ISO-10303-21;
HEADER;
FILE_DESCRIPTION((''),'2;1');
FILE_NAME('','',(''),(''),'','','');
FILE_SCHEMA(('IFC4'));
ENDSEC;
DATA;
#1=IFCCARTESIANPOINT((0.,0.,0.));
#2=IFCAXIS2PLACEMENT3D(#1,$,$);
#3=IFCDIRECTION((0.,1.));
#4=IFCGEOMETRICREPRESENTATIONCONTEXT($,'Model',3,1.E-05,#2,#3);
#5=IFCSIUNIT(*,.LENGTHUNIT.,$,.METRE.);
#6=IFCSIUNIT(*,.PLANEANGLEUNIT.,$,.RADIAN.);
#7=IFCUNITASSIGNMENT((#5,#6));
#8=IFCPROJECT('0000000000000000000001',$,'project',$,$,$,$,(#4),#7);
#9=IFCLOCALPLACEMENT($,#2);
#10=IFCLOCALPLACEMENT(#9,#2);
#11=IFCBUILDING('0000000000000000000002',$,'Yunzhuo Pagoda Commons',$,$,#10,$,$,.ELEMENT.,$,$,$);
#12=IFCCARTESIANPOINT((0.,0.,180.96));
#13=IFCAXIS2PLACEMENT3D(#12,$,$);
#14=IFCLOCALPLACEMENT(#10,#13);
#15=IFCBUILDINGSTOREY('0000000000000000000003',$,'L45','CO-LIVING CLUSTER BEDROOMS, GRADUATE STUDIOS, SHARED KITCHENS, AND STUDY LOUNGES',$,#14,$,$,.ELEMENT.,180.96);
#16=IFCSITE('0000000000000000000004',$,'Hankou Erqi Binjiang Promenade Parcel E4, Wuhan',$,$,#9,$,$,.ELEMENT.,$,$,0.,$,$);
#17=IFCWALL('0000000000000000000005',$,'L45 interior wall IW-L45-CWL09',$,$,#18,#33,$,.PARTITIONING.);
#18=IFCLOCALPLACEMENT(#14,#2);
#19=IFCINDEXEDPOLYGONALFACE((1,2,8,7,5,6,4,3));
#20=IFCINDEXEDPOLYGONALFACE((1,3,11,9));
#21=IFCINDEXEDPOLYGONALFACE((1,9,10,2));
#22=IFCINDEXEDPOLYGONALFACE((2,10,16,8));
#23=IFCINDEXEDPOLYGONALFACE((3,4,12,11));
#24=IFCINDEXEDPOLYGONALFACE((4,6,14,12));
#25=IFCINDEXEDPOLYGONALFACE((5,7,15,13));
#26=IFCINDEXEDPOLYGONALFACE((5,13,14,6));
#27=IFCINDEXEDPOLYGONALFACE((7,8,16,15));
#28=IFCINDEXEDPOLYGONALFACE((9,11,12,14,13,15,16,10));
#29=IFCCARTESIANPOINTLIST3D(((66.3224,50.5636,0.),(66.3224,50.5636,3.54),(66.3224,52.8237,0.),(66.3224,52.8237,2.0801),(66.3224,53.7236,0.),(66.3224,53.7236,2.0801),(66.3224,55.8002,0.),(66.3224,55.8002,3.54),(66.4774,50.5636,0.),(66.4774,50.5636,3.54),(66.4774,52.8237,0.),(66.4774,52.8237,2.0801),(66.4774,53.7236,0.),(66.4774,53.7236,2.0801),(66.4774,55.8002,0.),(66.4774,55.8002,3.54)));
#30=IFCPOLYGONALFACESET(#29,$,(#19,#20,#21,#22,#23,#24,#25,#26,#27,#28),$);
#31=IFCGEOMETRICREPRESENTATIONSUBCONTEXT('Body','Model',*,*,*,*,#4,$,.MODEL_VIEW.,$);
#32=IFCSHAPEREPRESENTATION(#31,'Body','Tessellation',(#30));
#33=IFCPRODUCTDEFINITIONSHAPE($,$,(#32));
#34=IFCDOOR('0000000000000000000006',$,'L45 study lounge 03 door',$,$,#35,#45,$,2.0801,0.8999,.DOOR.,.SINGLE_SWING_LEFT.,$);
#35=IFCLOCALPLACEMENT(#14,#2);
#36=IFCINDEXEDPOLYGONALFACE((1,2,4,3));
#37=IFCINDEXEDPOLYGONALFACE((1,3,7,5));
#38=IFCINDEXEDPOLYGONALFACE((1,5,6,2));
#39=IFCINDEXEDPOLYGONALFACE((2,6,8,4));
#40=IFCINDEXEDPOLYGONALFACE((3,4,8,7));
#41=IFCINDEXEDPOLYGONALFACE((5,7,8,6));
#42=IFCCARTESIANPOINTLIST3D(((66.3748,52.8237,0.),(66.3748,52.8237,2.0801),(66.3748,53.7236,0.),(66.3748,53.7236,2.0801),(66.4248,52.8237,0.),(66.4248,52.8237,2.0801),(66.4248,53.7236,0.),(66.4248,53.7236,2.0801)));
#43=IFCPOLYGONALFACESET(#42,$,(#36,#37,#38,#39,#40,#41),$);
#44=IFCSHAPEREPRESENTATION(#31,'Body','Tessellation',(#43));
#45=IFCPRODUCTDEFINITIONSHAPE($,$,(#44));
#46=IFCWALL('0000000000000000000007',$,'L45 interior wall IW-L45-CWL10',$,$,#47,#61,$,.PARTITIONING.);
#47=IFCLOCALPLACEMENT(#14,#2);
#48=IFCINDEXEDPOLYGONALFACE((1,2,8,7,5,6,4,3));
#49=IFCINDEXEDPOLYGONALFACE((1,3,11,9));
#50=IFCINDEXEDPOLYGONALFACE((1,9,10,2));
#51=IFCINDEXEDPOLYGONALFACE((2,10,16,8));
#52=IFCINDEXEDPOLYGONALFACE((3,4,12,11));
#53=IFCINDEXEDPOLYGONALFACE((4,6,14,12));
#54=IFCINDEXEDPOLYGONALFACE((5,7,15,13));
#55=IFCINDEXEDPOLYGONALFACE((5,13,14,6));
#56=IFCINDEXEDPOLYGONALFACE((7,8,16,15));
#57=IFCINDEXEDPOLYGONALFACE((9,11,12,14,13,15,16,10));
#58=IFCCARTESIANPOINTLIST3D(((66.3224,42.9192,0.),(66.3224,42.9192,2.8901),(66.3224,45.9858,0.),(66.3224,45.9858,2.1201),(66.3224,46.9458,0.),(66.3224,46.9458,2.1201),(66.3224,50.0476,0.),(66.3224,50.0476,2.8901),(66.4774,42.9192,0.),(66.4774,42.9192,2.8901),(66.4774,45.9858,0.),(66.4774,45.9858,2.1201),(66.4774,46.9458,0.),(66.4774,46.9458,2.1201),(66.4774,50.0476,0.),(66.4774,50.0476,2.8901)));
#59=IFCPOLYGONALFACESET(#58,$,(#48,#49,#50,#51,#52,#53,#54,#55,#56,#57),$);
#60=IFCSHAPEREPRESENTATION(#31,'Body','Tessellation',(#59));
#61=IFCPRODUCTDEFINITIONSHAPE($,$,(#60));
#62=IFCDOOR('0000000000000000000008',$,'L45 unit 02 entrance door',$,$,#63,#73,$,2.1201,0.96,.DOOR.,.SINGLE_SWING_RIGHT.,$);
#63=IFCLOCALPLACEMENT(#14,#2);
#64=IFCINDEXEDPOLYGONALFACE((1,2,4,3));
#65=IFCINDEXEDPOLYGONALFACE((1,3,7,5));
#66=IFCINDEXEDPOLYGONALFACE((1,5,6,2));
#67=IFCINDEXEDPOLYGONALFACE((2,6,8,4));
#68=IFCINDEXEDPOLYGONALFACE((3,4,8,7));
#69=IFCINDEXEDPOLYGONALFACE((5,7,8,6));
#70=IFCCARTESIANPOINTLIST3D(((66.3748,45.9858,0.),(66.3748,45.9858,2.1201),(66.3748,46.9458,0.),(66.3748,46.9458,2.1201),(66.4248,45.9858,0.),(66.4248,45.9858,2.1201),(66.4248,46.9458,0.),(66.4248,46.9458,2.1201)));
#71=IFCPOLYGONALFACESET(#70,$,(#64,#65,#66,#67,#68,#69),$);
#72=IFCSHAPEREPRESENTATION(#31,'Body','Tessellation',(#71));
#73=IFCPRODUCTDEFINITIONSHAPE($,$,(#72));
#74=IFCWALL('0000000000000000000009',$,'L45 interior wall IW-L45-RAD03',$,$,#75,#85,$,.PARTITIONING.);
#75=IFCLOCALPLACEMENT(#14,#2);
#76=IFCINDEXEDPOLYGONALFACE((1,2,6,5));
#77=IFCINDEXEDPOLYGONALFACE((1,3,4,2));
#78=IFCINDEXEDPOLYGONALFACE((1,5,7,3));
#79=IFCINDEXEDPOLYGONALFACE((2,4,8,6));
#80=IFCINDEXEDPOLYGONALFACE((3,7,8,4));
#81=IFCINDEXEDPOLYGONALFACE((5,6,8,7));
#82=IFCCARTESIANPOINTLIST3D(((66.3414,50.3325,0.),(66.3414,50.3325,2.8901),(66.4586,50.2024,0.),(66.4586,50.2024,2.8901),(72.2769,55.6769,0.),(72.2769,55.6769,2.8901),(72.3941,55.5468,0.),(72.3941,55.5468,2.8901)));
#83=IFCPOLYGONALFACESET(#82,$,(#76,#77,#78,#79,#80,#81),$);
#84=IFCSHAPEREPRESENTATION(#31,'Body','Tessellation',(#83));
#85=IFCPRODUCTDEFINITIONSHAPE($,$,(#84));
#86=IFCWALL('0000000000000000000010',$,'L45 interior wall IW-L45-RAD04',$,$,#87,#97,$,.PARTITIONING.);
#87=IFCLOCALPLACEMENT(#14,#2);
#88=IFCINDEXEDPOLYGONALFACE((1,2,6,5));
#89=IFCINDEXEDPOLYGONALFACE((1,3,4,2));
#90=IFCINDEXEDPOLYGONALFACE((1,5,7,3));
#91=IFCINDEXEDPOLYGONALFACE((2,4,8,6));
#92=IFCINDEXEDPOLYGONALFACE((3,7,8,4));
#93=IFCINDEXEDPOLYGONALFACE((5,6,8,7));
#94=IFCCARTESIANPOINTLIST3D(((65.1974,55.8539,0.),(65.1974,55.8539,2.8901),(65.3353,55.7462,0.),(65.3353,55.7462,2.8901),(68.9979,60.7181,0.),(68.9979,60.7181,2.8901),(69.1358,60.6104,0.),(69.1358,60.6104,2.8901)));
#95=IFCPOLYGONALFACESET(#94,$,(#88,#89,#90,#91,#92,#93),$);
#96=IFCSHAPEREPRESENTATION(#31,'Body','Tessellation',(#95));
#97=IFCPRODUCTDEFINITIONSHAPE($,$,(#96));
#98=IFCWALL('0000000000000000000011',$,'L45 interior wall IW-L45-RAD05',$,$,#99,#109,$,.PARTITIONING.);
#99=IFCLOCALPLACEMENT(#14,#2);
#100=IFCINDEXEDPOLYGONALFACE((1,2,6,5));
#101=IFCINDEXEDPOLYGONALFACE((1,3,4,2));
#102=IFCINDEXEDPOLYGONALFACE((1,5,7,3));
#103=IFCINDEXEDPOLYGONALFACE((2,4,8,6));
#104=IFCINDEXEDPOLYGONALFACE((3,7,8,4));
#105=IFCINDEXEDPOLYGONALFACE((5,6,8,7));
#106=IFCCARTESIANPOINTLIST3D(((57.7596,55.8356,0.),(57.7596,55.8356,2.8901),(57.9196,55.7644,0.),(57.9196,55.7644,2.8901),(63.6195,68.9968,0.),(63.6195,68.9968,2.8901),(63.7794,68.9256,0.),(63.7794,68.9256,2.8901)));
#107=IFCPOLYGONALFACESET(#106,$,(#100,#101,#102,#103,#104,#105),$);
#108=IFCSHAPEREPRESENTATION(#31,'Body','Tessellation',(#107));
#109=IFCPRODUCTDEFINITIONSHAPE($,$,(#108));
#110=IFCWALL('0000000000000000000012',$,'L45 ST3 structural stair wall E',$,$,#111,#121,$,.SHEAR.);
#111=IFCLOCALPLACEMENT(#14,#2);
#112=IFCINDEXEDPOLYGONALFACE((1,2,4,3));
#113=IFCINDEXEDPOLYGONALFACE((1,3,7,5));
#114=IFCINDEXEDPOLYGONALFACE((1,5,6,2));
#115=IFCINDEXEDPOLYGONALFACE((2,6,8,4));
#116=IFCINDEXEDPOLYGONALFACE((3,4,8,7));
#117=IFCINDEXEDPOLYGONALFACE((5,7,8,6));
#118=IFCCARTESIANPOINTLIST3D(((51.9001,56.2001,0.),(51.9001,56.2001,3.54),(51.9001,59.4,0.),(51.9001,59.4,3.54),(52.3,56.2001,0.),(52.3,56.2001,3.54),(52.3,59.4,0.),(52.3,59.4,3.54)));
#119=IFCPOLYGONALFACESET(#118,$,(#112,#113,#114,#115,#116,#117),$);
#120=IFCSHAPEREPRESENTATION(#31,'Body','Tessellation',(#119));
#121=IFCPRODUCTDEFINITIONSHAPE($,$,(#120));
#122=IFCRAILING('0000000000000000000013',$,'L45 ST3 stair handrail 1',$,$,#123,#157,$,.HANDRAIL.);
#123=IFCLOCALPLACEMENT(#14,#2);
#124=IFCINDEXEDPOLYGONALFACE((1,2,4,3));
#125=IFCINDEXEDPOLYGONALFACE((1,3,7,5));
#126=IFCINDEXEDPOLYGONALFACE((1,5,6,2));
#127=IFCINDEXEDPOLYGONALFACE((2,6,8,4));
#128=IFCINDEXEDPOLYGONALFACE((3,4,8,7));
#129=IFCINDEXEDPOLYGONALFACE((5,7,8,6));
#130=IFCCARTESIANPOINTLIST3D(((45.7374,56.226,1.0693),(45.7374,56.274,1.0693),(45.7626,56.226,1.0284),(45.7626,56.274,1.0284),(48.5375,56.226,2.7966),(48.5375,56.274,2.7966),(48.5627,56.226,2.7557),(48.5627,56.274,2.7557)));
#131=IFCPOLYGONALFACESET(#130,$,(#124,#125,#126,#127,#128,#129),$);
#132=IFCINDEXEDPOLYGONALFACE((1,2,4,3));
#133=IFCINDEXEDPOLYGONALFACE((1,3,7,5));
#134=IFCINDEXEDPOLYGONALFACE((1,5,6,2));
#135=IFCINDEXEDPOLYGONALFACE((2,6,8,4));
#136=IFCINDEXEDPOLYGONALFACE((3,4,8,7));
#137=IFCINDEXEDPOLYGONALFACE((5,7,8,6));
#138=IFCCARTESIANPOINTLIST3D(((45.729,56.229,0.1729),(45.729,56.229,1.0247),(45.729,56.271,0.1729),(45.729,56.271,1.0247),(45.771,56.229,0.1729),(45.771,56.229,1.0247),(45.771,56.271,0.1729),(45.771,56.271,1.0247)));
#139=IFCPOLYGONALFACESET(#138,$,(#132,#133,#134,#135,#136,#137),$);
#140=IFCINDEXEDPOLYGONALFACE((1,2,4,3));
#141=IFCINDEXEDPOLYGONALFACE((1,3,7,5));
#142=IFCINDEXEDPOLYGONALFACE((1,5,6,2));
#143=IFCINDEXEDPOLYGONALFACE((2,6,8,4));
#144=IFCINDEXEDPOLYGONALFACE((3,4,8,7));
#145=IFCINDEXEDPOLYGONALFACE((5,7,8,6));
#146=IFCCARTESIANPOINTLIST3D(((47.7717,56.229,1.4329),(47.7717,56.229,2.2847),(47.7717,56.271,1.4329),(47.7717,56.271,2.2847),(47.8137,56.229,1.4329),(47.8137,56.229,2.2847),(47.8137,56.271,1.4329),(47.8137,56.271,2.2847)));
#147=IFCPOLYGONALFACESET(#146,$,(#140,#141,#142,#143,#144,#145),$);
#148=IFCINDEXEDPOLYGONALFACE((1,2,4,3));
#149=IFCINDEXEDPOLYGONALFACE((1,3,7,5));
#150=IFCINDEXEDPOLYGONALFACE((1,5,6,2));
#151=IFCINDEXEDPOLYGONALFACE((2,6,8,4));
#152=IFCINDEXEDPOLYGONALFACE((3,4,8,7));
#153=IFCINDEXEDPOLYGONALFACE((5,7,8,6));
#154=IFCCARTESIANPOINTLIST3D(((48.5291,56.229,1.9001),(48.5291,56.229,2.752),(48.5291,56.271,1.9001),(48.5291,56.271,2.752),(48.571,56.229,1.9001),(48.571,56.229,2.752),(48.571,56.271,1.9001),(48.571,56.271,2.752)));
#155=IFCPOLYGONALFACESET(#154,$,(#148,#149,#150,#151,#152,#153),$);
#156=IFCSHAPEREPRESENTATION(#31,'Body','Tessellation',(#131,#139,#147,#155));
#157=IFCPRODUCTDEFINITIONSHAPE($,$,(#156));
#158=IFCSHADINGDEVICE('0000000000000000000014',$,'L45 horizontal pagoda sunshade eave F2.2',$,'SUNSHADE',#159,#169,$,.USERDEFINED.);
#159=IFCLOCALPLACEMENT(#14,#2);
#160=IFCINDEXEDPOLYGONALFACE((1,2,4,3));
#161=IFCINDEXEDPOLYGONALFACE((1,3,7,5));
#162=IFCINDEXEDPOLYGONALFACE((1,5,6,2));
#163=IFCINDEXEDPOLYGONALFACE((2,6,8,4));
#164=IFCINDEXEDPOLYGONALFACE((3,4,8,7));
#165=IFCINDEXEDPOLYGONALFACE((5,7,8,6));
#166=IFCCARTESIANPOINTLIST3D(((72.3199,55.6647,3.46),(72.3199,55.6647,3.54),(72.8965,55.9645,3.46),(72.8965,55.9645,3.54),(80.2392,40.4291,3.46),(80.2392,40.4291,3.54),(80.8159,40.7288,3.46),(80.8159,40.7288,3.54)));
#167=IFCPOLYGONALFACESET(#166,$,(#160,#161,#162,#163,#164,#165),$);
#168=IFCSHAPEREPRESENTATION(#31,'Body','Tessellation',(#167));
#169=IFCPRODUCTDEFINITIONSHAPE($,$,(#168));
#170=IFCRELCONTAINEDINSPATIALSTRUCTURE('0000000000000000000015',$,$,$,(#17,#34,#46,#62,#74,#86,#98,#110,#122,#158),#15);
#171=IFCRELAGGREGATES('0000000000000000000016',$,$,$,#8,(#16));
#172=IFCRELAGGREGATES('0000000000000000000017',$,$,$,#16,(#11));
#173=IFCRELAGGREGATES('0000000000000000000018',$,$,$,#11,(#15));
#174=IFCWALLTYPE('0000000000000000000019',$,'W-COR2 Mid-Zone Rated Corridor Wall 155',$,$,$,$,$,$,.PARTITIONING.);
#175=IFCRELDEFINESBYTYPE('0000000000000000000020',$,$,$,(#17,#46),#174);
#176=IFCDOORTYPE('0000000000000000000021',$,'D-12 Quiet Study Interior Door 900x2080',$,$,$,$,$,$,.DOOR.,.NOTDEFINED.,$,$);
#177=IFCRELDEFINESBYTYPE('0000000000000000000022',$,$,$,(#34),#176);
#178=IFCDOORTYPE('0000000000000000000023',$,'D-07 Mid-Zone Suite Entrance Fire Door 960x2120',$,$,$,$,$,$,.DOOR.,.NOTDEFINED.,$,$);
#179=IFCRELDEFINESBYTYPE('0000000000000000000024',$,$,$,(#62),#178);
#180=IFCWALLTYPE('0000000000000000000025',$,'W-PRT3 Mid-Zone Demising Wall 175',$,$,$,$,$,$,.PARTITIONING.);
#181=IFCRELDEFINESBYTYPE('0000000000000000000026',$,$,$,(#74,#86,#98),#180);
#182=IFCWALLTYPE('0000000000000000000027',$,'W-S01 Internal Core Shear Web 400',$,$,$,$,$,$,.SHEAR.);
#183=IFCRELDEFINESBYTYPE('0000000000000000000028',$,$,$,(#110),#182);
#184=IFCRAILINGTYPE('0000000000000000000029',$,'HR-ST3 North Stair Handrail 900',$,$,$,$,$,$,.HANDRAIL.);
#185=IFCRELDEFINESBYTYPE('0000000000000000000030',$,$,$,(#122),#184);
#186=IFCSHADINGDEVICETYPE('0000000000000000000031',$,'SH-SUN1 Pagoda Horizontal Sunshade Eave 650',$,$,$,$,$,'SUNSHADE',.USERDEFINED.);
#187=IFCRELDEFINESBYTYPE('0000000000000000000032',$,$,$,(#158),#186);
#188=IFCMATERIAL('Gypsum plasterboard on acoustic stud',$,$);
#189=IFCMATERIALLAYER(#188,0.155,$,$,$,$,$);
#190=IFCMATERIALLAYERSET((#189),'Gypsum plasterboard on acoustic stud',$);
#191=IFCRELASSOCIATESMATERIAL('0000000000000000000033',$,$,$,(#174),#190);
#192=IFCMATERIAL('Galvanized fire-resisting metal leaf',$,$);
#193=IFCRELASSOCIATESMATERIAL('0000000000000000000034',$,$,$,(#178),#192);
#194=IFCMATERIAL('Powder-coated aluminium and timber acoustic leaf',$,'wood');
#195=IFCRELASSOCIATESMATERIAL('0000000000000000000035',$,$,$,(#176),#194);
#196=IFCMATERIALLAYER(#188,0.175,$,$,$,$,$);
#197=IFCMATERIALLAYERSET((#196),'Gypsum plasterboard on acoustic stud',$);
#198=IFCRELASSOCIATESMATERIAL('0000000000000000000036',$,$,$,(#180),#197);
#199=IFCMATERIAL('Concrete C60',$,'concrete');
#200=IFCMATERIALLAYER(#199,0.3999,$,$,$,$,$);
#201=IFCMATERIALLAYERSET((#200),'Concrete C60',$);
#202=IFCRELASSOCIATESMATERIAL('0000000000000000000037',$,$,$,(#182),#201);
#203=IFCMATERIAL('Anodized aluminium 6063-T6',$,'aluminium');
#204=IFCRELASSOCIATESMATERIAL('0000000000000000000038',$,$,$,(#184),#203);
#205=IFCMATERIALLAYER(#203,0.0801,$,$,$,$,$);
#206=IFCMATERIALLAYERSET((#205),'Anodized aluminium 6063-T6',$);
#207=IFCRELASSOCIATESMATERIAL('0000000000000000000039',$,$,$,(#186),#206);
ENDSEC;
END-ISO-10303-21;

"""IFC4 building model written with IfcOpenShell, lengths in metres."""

from ifc_helpers import new_model, si_unit, direction, frame, frame_2d, origin, origin_with_axes, origin_2d, place, context, subcontext, project, spatial, rectangle, extrude, source, transform, mapped, material, layer, layer_set, type_object, element, fill, save


model = new_model("IFC4")

# Units and contexts
model_context = context("Model", 3, precision=1e-05, world=origin(), true_north=direction((0.0, 1.0)))
body_context = subcontext(model_context, "Body", "Model", "MODEL_VIEW")
ifc_project = project(units=[si_unit("LENGTHUNIT", "METRE"), si_unit("PLANEANGLEUNIT", "RADIAN")], contexts=[model_context])

# Site, building, storey
site_placement = place(None, origin())
site = spatial("IfcSite", under=ifc_project, at=site_placement, Name="Hankou Erqi Binjiang Promenade Parcel E4, Wuhan", CompositionType="ELEMENT", RefElevation=0.0)
building_placement = place(site_placement, origin())
building = spatial("IfcBuilding", under=site, at=building_placement, Name="Yunzhuo Pagoda Commons", CompositionType="ELEMENT")
storey_placement = place(building_placement, frame((0.0, 0.0, 180.96)))
storey = spatial("IfcBuildingStorey", under=building, at=storey_placement, Name="L45", Description="CO-LIVING CLUSTER BEDROOMS, GRADUATE STUDIOS, SHARED KITCHENS, AND STUDY LOUNGES", CompositionType="ELEMENT", Elevation=180.96)

# Shared definitions
ifc_material_1 = material(Name="Anodized aluminium 6063-T6", Category="aluminium")

# Shared definitions
ifc_material_2 = material(Name="Gypsum plasterboard on acoustic stud")
ifc_layer_1 = layer(ifc_material_2, 0.155)
ifc_layer_set_1 = layer_set([ifc_layer_1], Name="Gypsum plasterboard on acoustic stud")
wall_type_1 = type_object("IfcWallType", Name="W-COR2 Mid-Zone Rated Corridor Wall 155", PredefinedType="PARTITIONING", material=ifc_layer_set_1)

# Shared definitions
ifc_material_3 = material(Name="Galvanized fire-resisting metal leaf")
door_type_1 = type_object("IfcDoorType", Name="D-07 Mid-Zone Suite Entrance Fire Door 960x2120", OperationType="NOTDEFINED", PredefinedType="DOOR", material=ifc_material_3)
shared_shape_1 = source(origin(), body_context, "Body", "SweptSolid", [
    extrude(rectangle(XDim=0.96, YDim=2.1201, at=frame_2d((0.48, 1.0601))), frame((0.0, 0.0249, 0.0), z_axis=(0.0, -1.0, 0.0), x_axis=(1.0, 0.0, 0.0)), (0.0, 0.0, 1.0), 0.05),
])

# Walls, openings, doors
wall_1_placement = place(storey_placement, frame((66.3999, 55.8, 0.0), z_axis=(0.0, 0.0, 1.0), x_axis=(0.0, -1.0, 0.0)))
wall_1 = element("IfcWall", 1, at=wall_1_placement, inside=storey, type_object=wall_type_1, Name="L45 interior wall IW-L45-CWL09", PredefinedType="PARTITIONING", context=body_context, shape_type="SweptSolid", body=[
    extrude(rectangle(XDim=5.2366, YDim=0.155, at=frame_2d((2.6182, 0.0))), origin(), (0.0, 0.0, 1.0), 3.54),
])
opening_1_placement = place(wall_1_placement, frame((2.0764, 0.0, 0.0)))
opening_1 = element("IfcOpeningElement", 2, at=opening_1_placement, cuts=wall_1, PredefinedType="OPENING", context=body_context, shape_type="SweptSolid", body=[
    extrude(rectangle(XDim=0.8999, YDim=2.0801, at=frame_2d((0.45, 1.04))), frame((0.0, 0.0874, 0.0), z_axis=(0.0, -1.0, 0.0), x_axis=(1.0, 0.0, 0.0)), (0.0, 0.0, 1.0), 0.175),
])
ifc_material_4 = material(Name="Powder-coated aluminium and timber acoustic leaf", Category="wood")
door_type_2 = type_object("IfcDoorType", Name="D-12 Quiet Study Interior Door 900x2080", OperationType="NOTDEFINED", PredefinedType="DOOR", material=ifc_material_4)
shared_shape_2 = source(origin(), body_context, "Body", "SweptSolid", [
    extrude(rectangle(XDim=0.8999, YDim=2.0801, at=frame_2d((0.45, 1.04))), frame((0.0, 0.0249, 0.0), z_axis=(0.0, -1.0, 0.0), x_axis=(1.0, 0.0, 0.0)), (0.0, 0.0, 1.0), 0.05),
])
door_1_placement = place(opening_1_placement, origin_with_axes())
door_1 = element("IfcDoor", 3, at=door_1_placement, inside=storey, type_object=door_type_2, Name="L45 study lounge 03 door", OperationType="SINGLE_SWING_LEFT", OverallHeight=2.0801, OverallWidth=0.8999, PredefinedType="DOOR", context=body_context, shape_type="MappedRepresentation", body=[
    mapped(shared_shape_2, transform((0.0, 0.0, 0.0), scale=1.0)),
])
fill(opening_1, door_1)
wall_2_placement = place(storey_placement, frame((66.3999, 50.0476, 0.0), z_axis=(0.0, 0.0, 1.0), x_axis=(0.0, -1.0, 0.0)))
wall_2 = element("IfcWall", 4, at=wall_2_placement, inside=storey, type_object=wall_type_1, Name="L45 interior wall IW-L45-CWL10", PredefinedType="PARTITIONING", context=body_context, shape_type="SweptSolid", body=[
    extrude(rectangle(XDim=7.1284, YDim=0.155, at=frame_2d((3.5642, 0.0))), origin(), (0.0, 0.0, 1.0), 2.8901),
])
opening_2_placement = place(wall_2_placement, frame((3.1018, 0.0, 0.0)))
opening_2 = element("IfcOpeningElement", 5, at=opening_2_placement, cuts=wall_2, PredefinedType="OPENING", context=body_context, shape_type="SweptSolid", body=[
    extrude(rectangle(XDim=0.96, YDim=2.1201, at=frame_2d((0.48, 1.0601))), frame((0.0, 0.0874, 0.0), z_axis=(0.0, -1.0, 0.0), x_axis=(1.0, 0.0, 0.0)), (0.0, 0.0, 1.0), 0.175),
])
door_2_placement = place(opening_2_placement, origin_with_axes())
door_2 = element("IfcDoor", 6, at=door_2_placement, inside=storey, type_object=door_type_1, Name="L45 unit 02 entrance door", OperationType="SINGLE_SWING_RIGHT", OverallHeight=2.1201, OverallWidth=0.96, PredefinedType="DOOR", context=body_context, shape_type="MappedRepresentation", body=[
    mapped(shared_shape_1, transform((0.0, 0.0, 0.0), scale=1.0)),
])
fill(opening_2, door_2)

# Walls
ifc_layer_2 = layer(ifc_material_2, 0.175)
ifc_layer_set_2 = layer_set([ifc_layer_2], Name="Gypsum plasterboard on acoustic stud")
wall_type_2 = type_object("IfcWallType", Name="W-PRT3 Mid-Zone Demising Wall 175", PredefinedType="PARTITIONING", material=ifc_layer_set_2)
wall_3_placement = place(storey_placement, frame((66.3999, 50.2673, 0.0), z_axis=(0.0, 0.0, 1.0), x_axis=(0.743139, 0.669137, 0.0)))
element("IfcWall", 7, at=wall_3_placement, inside=storey, type_object=wall_type_2, Name="L45 interior wall IW-L45-RAD03", PredefinedType="PARTITIONING", context=body_context, shape_type="SweptSolid", body=[
    extrude(rectangle(XDim=7.9871, YDim=0.175, at=frame_2d((3.9937, 0.0))), origin(), (0.0, 0.0, 1.0), 2.8901),
])
wall_4_placement = place(storey_placement, frame((65.2664, 55.8, 0.0), z_axis=(0.0, 0.0, 1.0), x_axis=(0.615678, 0.787998, 0.0)))
element("IfcWall", 8, at=wall_4_placement, inside=storey, type_object=wall_type_2, Name="L45 interior wall IW-L45-RAD04", PredefinedType="PARTITIONING", context=body_context, shape_type="SweptSolid", body=[
    extrude(rectangle(XDim=6.1729, YDim=0.175, at=frame_2d((3.0864, 0.0))), origin(), (0.0, 0.0, 1.0), 2.8901),
])
wall_5_placement = place(storey_placement, frame((57.8396, 55.8, 0.0), z_axis=(0.0, 0.0, 1.0), x_axis=(0.406745, 0.913542, 0.0)))
element("IfcWall", 9, at=wall_5_placement, inside=storey, type_object=wall_type_2, Name="L45 interior wall IW-L45-RAD05", PredefinedType="PARTITIONING", context=body_context, shape_type="SweptSolid", body=[
    extrude(rectangle(XDim=14.4067, YDim=0.175, at=frame_2d((7.2034, 0.0))), origin(), (0.0, 0.0, 1.0), 2.8901),
])
ifc_material_5 = material(Name="Concrete C60", Category="concrete")
ifc_layer_3 = layer(ifc_material_5, 0.3999)
ifc_layer_set_3 = layer_set([ifc_layer_3], Name="Concrete C60")
wall_type_3 = type_object("IfcWallType", Name="W-S01 Internal Core Shear Web 400", PredefinedType="SHEAR", material=ifc_layer_set_3)
wall_6_placement = place(storey_placement, frame((52.1001, 56.2, 0.0), z_axis=(0.0, 0.0, 1.0), x_axis=(0.0, 1.0, 0.0)))
element("IfcWall", 10, at=wall_6_placement, inside=storey, type_object=wall_type_3, Name="L45 ST3 structural stair wall E", PredefinedType="SHEAR", context=body_context, shape_type="SweptSolid", body=[
    extrude(rectangle(XDim=3.2, YDim=0.3999, at=frame_2d((1.6001, 0.0))), origin(), (0.0, 0.0, 1.0), 3.54),
])

# Railing
railing_type = type_object("IfcRailingType", Name="HR-ST3 North Stair Handrail 900", PredefinedType="HANDRAIL", material=ifc_material_1)
railing_placement = place(storey_placement, frame((45.75, 56.25, 0.1729)))
element("IfcRailing", 11, at=railing_placement, inside=storey, type_object=railing_type, Name="L45 ST3 stair handrail 1", PredefinedType="HANDRAIL", context=body_context, shape_type="SweptSolid", body=[
    extrude(rectangle(XDim=0.0481, YDim=0.0481, at=origin_2d()), frame((0.0, 0.0, 0.876), z_axis=(0.85109, 0.0, 0.52502), x_axis=(0.0, 1.0, 0.0)), (0.0, 0.0, 1.0), 3.29),
    extrude(rectangle(XDim=0.042, YDim=0.042, at=origin_2d()), origin(), (0.0, 0.0, 1.0), 0.8518),
    extrude(rectangle(XDim=0.042, YDim=0.042, at=origin_2d()), frame((2.0427, 0.0, 1.26)), (0.0, 0.0, 1.0), 0.8518),
    extrude(rectangle(XDim=0.042, YDim=0.042, at=origin_2d()), frame((2.8, 0.0, 1.7273)), (0.0, 0.0, 1.0), 0.8518),
])

# Shading device
ifc_layer_4 = layer(ifc_material_1, 0.0801)
ifc_layer_set_4 = layer_set([ifc_layer_4], Name="Anodized aluminium 6063-T6")
shading_device_type = type_object("IfcShadingDeviceType", Name="SH-SUN1 Pagoda Horizontal Sunshade Eave 650", ElementType="SUNSHADE", PredefinedType="USERDEFINED", material=ifc_layer_set_4)
shared_shape_3 = source(origin(), body_context, "Body", "SweptSolid", [
    extrude(rectangle(XDim=17.1709, YDim=0.6499, at=origin_2d()), origin(), (0.0, 0.0, 1.0), 0.0801),
])
shading_device_placement = place(storey_placement, frame((76.5679, 48.1968, 3.46), z_axis=(0.0, 0.0, 1.0), x_axis=(-0.461207, 0.887293, 0.0)))
element("IfcShadingDevice", 12, at=shading_device_placement, inside=storey, type_object=shading_device_type, Name="L45 horizontal pagoda sunshade eave F2.2", ObjectType="SUNSHADE", PredefinedType="USERDEFINED", context=body_context, shape_type="MappedRepresentation", body=[
    mapped(shared_shape_3, transform((0.0, 0.0, 0.0), scale=1.0)),
])

save(model, "model.ifc")
